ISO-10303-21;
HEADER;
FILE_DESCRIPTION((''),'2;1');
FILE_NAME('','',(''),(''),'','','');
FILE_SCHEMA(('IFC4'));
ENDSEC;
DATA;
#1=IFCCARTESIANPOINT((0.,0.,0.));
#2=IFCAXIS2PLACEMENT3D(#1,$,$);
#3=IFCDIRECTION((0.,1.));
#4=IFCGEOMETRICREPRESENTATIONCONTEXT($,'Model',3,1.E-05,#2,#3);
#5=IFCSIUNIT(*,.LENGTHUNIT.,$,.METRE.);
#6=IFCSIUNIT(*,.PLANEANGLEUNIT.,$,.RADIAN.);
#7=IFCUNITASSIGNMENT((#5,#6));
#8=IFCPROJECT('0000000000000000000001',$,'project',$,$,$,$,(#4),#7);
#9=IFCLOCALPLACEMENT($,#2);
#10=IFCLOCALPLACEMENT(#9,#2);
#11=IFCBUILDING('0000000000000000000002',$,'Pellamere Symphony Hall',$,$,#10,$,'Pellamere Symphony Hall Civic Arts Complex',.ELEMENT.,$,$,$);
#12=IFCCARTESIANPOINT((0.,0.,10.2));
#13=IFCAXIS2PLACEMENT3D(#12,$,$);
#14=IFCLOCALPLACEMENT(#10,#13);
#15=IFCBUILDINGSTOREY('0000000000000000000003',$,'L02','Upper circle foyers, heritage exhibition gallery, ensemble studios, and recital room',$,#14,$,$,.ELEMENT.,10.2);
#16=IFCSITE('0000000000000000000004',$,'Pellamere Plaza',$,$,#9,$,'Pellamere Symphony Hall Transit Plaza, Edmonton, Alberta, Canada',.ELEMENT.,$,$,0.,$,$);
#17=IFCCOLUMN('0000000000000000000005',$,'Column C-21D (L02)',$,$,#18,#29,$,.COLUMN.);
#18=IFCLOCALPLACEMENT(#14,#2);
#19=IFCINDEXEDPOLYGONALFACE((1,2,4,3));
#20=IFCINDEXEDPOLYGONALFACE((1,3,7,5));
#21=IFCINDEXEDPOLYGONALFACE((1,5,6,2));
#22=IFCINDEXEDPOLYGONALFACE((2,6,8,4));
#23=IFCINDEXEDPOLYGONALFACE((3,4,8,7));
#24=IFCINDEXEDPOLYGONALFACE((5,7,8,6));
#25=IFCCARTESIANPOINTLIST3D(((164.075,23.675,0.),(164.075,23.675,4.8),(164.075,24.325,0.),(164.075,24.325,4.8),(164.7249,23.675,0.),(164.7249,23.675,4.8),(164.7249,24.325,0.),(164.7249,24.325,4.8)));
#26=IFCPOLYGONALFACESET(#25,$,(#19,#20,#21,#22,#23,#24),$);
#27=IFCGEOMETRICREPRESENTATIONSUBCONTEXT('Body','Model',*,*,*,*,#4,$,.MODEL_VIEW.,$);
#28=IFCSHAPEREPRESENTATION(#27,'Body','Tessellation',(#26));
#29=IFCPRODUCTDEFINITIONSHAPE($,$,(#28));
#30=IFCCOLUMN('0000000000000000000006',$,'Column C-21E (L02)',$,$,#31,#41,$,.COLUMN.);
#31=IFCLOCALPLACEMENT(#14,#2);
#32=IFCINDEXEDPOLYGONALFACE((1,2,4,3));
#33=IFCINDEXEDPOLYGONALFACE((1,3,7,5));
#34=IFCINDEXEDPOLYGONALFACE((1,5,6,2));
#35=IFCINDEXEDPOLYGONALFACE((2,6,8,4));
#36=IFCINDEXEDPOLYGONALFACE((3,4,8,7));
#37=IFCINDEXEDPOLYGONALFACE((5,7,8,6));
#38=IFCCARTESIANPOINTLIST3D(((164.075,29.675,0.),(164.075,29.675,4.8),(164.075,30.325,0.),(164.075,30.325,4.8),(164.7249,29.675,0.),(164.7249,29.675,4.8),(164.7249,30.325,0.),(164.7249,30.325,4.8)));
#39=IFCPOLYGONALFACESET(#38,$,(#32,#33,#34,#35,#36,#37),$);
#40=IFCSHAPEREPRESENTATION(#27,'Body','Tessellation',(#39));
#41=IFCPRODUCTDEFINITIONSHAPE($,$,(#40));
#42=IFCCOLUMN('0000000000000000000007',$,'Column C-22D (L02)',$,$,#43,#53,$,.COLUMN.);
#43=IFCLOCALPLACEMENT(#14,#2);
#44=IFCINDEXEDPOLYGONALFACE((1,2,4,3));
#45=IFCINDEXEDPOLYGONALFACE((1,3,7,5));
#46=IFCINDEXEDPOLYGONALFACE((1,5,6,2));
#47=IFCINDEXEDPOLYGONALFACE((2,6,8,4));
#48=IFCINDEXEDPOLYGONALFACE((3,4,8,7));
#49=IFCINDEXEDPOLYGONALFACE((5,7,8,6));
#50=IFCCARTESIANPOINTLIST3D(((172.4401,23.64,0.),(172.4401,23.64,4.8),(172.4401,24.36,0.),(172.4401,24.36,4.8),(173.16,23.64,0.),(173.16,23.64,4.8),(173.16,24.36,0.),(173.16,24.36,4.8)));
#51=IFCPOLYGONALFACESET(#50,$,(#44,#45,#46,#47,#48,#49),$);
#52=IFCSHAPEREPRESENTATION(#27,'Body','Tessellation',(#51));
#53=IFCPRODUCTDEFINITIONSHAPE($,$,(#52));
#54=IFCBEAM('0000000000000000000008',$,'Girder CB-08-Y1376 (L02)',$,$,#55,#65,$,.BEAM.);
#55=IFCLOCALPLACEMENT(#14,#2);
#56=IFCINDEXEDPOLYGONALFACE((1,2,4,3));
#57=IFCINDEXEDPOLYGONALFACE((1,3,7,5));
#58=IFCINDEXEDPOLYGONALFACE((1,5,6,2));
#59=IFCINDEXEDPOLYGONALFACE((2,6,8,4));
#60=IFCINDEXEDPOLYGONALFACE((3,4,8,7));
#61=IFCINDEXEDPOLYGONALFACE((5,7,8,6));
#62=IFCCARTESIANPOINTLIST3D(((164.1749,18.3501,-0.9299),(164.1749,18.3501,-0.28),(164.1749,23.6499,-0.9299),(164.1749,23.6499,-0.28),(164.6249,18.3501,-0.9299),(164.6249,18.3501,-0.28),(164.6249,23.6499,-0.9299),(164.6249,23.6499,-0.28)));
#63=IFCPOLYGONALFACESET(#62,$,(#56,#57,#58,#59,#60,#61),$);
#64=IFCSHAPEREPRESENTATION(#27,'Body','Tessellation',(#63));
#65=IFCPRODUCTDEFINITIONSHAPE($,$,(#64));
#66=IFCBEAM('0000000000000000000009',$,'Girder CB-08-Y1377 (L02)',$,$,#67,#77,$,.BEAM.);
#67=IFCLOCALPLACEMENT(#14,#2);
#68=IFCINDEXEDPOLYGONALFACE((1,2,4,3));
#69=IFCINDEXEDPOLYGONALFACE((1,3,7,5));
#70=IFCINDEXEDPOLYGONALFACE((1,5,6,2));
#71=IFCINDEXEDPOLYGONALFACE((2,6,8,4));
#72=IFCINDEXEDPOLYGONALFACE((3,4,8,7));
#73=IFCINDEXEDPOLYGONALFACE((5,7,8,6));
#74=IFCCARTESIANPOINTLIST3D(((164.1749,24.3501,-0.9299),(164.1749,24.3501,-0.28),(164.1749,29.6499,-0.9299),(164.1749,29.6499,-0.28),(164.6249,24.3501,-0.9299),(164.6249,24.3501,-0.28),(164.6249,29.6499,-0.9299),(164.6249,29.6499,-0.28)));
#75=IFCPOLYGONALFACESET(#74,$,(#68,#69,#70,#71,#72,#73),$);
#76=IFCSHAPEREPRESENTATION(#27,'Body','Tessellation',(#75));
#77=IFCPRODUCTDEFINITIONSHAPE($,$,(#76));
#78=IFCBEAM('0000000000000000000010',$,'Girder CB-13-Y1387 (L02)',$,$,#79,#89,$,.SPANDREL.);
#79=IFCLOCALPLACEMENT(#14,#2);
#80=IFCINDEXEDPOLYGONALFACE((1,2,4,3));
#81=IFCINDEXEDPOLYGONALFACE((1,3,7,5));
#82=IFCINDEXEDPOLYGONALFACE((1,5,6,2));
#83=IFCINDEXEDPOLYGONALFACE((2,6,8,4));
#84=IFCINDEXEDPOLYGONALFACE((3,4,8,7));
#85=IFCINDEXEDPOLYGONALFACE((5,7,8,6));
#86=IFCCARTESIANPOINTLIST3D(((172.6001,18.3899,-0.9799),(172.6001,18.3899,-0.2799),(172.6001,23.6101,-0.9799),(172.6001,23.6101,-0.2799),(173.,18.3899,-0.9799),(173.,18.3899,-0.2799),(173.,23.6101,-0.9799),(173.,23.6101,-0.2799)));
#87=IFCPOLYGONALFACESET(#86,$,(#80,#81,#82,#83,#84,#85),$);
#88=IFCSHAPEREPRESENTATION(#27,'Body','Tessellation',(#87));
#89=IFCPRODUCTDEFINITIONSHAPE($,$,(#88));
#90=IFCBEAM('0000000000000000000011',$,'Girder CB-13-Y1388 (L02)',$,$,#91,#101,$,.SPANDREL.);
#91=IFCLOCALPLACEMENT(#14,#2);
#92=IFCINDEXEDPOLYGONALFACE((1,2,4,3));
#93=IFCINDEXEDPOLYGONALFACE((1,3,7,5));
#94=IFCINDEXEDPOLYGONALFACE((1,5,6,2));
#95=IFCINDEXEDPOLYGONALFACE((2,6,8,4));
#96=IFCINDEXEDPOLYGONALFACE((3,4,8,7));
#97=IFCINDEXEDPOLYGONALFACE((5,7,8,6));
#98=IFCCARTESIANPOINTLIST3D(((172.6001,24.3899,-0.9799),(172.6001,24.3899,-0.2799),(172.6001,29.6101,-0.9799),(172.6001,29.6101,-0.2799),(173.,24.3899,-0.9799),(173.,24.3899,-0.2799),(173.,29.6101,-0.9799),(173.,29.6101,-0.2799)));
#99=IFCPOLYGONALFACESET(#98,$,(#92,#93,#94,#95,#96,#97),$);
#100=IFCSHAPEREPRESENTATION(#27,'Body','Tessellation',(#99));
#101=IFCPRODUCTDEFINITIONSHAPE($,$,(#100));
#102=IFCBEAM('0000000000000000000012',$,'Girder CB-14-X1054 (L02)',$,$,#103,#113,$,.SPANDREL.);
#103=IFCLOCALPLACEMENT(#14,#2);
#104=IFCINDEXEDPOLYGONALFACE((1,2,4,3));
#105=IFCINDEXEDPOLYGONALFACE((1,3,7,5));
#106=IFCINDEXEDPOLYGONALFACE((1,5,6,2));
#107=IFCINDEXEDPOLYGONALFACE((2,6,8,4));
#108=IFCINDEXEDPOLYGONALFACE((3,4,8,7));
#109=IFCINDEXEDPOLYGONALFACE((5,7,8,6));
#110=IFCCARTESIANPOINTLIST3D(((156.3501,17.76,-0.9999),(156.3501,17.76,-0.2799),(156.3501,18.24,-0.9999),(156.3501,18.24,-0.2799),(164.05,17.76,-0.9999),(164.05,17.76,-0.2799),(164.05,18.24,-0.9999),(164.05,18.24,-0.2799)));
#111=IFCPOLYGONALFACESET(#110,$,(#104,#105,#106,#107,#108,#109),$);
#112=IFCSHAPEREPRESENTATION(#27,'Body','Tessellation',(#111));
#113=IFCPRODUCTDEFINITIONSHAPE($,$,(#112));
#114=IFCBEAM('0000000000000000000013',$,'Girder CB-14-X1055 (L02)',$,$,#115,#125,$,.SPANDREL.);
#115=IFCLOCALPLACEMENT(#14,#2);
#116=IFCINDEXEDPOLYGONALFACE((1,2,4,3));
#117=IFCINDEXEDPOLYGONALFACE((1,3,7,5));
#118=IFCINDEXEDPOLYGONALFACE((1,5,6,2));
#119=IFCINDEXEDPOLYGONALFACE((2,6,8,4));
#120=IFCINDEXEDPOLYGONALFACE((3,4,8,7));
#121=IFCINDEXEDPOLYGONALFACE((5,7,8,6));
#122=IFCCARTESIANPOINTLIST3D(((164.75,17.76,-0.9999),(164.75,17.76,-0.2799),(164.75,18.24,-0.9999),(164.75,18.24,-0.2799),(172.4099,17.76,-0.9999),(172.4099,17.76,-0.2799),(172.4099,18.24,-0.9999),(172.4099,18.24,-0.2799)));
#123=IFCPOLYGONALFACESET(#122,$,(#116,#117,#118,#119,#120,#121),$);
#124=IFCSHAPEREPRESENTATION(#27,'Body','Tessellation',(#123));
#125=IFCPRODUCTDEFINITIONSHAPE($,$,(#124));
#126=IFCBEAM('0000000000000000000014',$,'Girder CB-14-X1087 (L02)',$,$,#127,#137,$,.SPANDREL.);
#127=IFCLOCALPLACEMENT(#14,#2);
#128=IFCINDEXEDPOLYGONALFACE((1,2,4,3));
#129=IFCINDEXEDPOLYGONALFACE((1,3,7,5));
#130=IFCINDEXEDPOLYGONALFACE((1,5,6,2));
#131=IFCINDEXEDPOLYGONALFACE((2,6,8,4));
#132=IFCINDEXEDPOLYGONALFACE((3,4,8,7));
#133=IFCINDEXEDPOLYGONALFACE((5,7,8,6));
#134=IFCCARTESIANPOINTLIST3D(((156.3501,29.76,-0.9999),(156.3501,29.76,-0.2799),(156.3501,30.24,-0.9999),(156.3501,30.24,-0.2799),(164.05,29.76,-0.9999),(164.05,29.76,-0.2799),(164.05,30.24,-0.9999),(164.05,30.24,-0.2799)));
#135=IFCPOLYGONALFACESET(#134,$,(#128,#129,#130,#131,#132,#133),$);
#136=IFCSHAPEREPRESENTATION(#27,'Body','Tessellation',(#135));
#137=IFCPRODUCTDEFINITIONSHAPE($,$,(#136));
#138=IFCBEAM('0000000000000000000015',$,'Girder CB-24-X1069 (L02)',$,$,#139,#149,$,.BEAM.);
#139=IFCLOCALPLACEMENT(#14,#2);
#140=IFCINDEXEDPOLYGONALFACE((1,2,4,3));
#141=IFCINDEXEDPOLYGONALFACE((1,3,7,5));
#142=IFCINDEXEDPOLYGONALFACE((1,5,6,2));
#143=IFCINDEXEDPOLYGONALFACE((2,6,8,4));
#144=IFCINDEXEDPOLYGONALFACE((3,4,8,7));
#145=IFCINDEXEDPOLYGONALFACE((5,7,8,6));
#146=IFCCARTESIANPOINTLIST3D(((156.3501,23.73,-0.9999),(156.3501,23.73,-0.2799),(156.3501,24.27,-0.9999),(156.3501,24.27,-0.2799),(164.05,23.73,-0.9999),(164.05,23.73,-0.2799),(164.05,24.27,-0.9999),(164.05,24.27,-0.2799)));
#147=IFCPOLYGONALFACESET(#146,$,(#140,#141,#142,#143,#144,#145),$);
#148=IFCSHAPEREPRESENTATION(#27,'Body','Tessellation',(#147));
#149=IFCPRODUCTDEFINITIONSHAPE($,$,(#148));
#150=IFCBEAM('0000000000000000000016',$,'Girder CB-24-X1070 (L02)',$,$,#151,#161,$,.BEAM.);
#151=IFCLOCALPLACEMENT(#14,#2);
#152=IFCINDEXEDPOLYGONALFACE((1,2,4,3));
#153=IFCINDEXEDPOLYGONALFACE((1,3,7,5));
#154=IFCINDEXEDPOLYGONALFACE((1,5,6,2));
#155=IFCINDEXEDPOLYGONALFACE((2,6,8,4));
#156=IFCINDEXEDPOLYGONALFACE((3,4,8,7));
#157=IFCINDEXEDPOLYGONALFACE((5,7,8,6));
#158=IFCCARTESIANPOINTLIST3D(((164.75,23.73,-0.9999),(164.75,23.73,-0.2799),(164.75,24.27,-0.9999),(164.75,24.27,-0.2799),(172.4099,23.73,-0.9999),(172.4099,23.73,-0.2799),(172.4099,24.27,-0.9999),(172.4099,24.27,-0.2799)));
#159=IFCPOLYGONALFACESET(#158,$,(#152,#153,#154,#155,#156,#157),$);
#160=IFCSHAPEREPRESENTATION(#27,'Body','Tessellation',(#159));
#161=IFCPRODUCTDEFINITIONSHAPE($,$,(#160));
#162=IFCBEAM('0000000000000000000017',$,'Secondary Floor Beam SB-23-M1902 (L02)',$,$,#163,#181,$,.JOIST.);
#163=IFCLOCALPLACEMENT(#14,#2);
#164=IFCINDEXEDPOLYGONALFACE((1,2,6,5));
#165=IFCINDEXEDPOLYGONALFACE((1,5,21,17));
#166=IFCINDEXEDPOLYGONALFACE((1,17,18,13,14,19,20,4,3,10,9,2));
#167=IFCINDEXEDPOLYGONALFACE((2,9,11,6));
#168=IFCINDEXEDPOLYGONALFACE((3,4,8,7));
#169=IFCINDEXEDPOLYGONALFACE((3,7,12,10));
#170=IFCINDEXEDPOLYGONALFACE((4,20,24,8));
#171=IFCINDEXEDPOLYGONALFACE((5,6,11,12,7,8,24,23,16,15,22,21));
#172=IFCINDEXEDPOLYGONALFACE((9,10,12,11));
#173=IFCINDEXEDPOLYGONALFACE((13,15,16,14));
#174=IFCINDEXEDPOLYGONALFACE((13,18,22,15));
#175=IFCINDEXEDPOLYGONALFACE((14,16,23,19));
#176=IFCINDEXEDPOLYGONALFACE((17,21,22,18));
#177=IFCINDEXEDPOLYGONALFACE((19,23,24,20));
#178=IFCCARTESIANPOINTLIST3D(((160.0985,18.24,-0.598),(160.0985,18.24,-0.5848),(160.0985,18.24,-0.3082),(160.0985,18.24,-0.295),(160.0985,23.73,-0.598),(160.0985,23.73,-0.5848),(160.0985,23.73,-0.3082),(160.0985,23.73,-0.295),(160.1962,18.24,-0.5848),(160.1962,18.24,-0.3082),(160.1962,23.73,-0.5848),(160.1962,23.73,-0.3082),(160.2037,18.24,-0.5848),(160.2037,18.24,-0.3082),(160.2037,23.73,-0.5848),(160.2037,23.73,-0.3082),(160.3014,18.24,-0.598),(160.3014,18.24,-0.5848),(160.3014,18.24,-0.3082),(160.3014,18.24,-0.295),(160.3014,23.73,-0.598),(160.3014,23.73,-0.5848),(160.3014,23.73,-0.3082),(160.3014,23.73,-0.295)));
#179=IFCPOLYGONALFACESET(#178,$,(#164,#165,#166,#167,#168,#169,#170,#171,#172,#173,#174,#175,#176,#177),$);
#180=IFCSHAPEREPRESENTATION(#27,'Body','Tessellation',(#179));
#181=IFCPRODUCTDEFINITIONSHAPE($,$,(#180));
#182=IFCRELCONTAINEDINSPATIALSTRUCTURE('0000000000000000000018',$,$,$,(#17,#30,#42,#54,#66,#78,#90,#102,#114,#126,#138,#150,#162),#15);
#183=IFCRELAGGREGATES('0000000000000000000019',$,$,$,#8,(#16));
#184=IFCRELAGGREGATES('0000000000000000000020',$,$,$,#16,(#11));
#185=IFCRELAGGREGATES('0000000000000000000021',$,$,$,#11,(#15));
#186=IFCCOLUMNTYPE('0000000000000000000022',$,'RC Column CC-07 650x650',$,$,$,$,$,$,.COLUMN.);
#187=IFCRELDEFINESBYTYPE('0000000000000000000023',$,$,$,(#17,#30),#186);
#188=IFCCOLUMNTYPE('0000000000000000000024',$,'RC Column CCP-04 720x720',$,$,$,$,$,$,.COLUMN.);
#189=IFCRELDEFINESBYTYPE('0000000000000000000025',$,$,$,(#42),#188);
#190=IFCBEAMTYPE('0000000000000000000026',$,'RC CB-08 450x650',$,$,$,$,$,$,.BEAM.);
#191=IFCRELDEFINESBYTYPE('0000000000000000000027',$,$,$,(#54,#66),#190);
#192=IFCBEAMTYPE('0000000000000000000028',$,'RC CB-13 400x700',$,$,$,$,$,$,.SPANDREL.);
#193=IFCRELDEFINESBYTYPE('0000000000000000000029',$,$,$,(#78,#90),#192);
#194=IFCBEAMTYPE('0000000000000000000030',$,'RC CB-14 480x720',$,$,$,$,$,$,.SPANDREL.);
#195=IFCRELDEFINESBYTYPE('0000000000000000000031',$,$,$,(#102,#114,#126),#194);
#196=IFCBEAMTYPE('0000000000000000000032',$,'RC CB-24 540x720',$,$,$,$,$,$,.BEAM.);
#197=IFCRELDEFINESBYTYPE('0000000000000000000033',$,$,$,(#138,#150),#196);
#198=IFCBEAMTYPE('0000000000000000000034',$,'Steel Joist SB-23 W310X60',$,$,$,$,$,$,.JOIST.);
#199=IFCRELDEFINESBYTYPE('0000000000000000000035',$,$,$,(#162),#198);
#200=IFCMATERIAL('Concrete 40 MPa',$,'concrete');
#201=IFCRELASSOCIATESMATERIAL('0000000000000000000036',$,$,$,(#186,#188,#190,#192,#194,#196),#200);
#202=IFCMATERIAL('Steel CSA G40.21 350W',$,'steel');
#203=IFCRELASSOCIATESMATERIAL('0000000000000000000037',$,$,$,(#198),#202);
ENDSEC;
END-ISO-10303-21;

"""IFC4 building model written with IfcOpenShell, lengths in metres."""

from ifc_helpers import new_model, si_unit, direction, frame, origin, origin_2d, place, context, subcontext, project, spatial, rectangle, i_section, extrude, material, material_profile, profile_set, type_object, element, save


model = new_model("IFC4")

# Units and contexts
model_context = context("Model", 3, precision=1e-05, world=origin(), true_north=direction((0.0, 1.0)))
body_context = subcontext(model_context, "Body", "Model", "MODEL_VIEW")
ifc_project = project(units=[si_unit("LENGTHUNIT", "METRE"), si_unit("PLANEANGLEUNIT", "RADIAN")], contexts=[model_context])

# Site, building, storey
site_placement = place(None, origin())
site = spatial("IfcSite", under=ifc_project, at=site_placement, Name="Pellamere Plaza", LongName="Pellamere Symphony Hall Transit Plaza, Edmonton, Alberta, Canada", CompositionType="ELEMENT", RefElevation=0.0)
building_placement = place(site_placement, origin())
building = spatial("IfcBuilding", under=site, at=building_placement, Name="Pellamere Symphony Hall", LongName="Pellamere Symphony Hall Civic Arts Complex", CompositionType="ELEMENT")
storey_placement = place(building_placement, frame((0.0, 0.0, 10.2)))
storey = spatial("IfcBuildingStorey", under=building, at=storey_placement, Name="L02", Description="Upper circle foyers, heritage exhibition gallery, ensemble studios, and recital room", CompositionType="ELEMENT", Elevation=10.2)

# Columns
ifc_material_1 = material(Name="Concrete 40 MPa", Category="concrete")
ifc_material_profile_1 = material_profile(ifc_material_1, rectangle(XDim=0.6499, YDim=0.6499, at=origin_2d()), Name="RC 650x650")
ifc_profile_set_1 = profile_set([ifc_material_profile_1], Name="Concrete 40 MPa")
column_type_1 = type_object("IfcColumnType", Name="RC Column CC-07 650x650", PredefinedType="COLUMN", material=ifc_profile_set_1)
for number, where, z_axis, x_axis, name in (
    (1, (164.3999, 24.0, 0.0), (0.0, 0.0, 1.0), (1.0, 0.0, 0.0), "Column C-21D (L02)"),
    (2, (164.3999, 30.0, 0.0), (0.0, 0.0, 1.0), (1.0, 0.0, 0.0), "Column C-21E (L02)"),
):
    element("IfcColumn", number, at=place(storey_placement, frame(where, z_axis=z_axis, x_axis=x_axis)), inside=storey, type_object=column_type_1, Name=name, PredefinedType="COLUMN", context=body_context, shape_type="SweptSolid", body=[
        extrude(rectangle(XDim=0.6499, YDim=0.6499, at=origin_2d()), origin(), (0.0, 0.0, 1.0), 4.8),
    ])
ifc_material_profile_2 = material_profile(ifc_material_1, rectangle(XDim=0.72, YDim=0.72, at=origin_2d()), Name="RC 720x720")
ifc_profile_set_2 = profile_set([ifc_material_profile_2], Name="Concrete 40 MPa")
column_type_2 = type_object("IfcColumnType", Name="RC Column CCP-04 720x720", PredefinedType="COLUMN", material=ifc_profile_set_2)
column_placement = place(storey_placement, frame((172.8, 24.0, 0.0), z_axis=(0.0, 0.0, 1.0), x_axis=(1.0, 0.0, 0.0)))
element("IfcColumn", 3, at=column_placement, inside=storey, type_object=column_type_2, Name="Column C-22D (L02)", PredefinedType="COLUMN", context=body_context, shape_type="SweptSolid", body=[
    extrude(rectangle(XDim=0.72, YDim=0.72, at=origin_2d()), origin(), (0.0, 0.0, 1.0), 4.8),
])

# Beams
ifc_material_profile_3 = material_profile(ifc_material_1, rectangle(XDim=0.45, YDim=0.6499, at=origin_2d()), Name="RC 450x650")
ifc_profile_set_3 = profile_set([ifc_material_profile_3], Name="Concrete 40 MPa")
beam_type_1 = type_object("IfcBeamType", Name="RC CB-08 450x650", PredefinedType="BEAM", material=ifc_profile_set_3)
for number, where, z_axis, x_axis, name in (
    (4, (164.3999, 18.3501, -0.605), (0.0, 1.0, 0.0), (-1.0, 0.0, 0.0), "Girder CB-08-Y1376 (L02)"),
    (5, (164.3999, 24.3501, -0.605), (0.0, 1.0, 0.0), (-1.0, 0.0, 0.0), "Girder CB-08-Y1377 (L02)"),
):
    element("IfcBeam", number, at=place(storey_placement, frame(where, z_axis=z_axis, x_axis=x_axis)), inside=storey, type_object=beam_type_1, Name=name, PredefinedType="BEAM", context=body_context, shape_type="SweptSolid", body=[
        extrude(rectangle(XDim=0.45, YDim=0.6499, at=origin_2d()), origin(), (0.0, 0.0, 1.0), 5.2998),
    ])
ifc_material_profile_4 = material_profile(ifc_material_1, rectangle(XDim=0.3999, YDim=0.7, at=origin_2d()), Name="RC 400x700")
ifc_profile_set_4 = profile_set([ifc_material_profile_4], Name="Concrete 40 MPa")
beam_type_2 = type_object("IfcBeamType", Name="RC CB-13 400x700", PredefinedType="SPANDREL", material=ifc_profile_set_4)
for number, where, z_axis, x_axis, name in (
    (6, (172.8, 18.3899, -0.6299), (0.0, 1.0, 0.0), (-1.0, 0.0, 0.0), "Girder CB-13-Y1387 (L02)"),
    (7, (172.8, 24.3899, -0.6299), (0.0, 1.0, 0.0), (-1.0, 0.0, 0.0), "Girder CB-13-Y1388 (L02)"),
):
    element("IfcBeam", number, at=place(storey_placement, frame(where, z_axis=z_axis, x_axis=x_axis)), inside=storey, type_object=beam_type_2, Name=name, PredefinedType="SPANDREL", context=body_context, shape_type="SweptSolid", body=[
        extrude(rectangle(XDim=0.3999, YDim=0.7, at=origin_2d()), origin(), (0.0, 0.0, 1.0), 5.2202),
    ])
ifc_material_profile_5 = material_profile(ifc_material_1, rectangle(XDim=0.48, YDim=0.72, at=origin_2d()), Name="RC 480x720")
ifc_profile_set_5 = profile_set([ifc_material_profile_5], Name="Concrete 40 MPa")
beam_type_3 = type_object("IfcBeamType", Name="RC CB-14 480x720", PredefinedType="SPANDREL", material=ifc_profile_set_5)
beam_1_placement = place(storey_placement, frame((156.3501, 18.0, -0.6399), z_axis=(1.0, 0.0, 0.0), x_axis=(0.0, 1.0, 0.0)))
element("IfcBeam", 8, at=beam_1_placement, inside=storey, type_object=beam_type_3, Name="Girder CB-14-X1054 (L02)", PredefinedType="SPANDREL", context=body_context, shape_type="SweptSolid", body=[
    extrude(rectangle(XDim=0.48, YDim=0.72, at=origin_2d()), origin(), (0.0, 0.0, 1.0), 7.7),
])
beam_2_placement = place(storey_placement, frame((164.75, 18.0, -0.6399), z_axis=(1.0, 0.0, 0.0), x_axis=(0.0, 1.0, 0.0)))
element("IfcBeam", 9, at=beam_2_placement, inside=storey, type_object=beam_type_3, Name="Girder CB-14-X1055 (L02)", PredefinedType="SPANDREL", context=body_context, shape_type="SweptSolid", body=[
    extrude(rectangle(XDim=0.48, YDim=0.72, at=origin_2d()), origin(), (0.0, 0.0, 1.0), 7.6599),
])
beam_3_placement = place(storey_placement, frame((156.3501, 30.0, -0.6399), z_axis=(1.0, 0.0, 0.0), x_axis=(0.0, 1.0, 0.0)))
element("IfcBeam", 10, at=beam_3_placement, inside=storey, type_object=beam_type_3, Name="Girder CB-14-X1087 (L02)", PredefinedType="SPANDREL", context=body_context, shape_type="SweptSolid", body=[
    extrude(rectangle(XDim=0.48, YDim=0.72, at=origin_2d()), origin(), (0.0, 0.0, 1.0), 7.7),
])
ifc_material_profile_6 = material_profile(ifc_material_1, rectangle(XDim=0.54, YDim=0.72, at=origin_2d()), Name="RC 540x720")
ifc_profile_set_6 = profile_set([ifc_material_profile_6], Name="Concrete 40 MPa")
beam_type_4 = type_object("IfcBeamType", Name="RC CB-24 540x720", PredefinedType="BEAM", material=ifc_profile_set_6)
beam_4_placement = place(storey_placement, frame((156.3501, 24.0, -0.6399), z_axis=(1.0, 0.0, 0.0), x_axis=(0.0, 1.0, 0.0)))
element("IfcBeam", 11, at=beam_4_placement, inside=storey, type_object=beam_type_4, Name="Girder CB-24-X1069 (L02)", PredefinedType="BEAM", context=body_context, shape_type="SweptSolid", body=[
    extrude(rectangle(XDim=0.54, YDim=0.72, at=origin_2d()), origin(), (0.0, 0.0, 1.0), 7.7),
])
beam_5_placement = place(storey_placement, frame((164.75, 24.0, -0.6399), z_axis=(1.0, 0.0, 0.0), x_axis=(0.0, 1.0, 0.0)))
element("IfcBeam", 12, at=beam_5_placement, inside=storey, type_object=beam_type_4, Name="Girder CB-24-X1070 (L02)", PredefinedType="BEAM", context=body_context, shape_type="SweptSolid", body=[
    extrude(rectangle(XDim=0.54, YDim=0.72, at=origin_2d()), origin(), (0.0, 0.0, 1.0), 7.6599),
])
ifc_material_2 = material(Name="Steel CSA G40.21 350W", Category="steel")
ifc_material_profile_7 = material_profile(ifc_material_2, i_section(OverallWidth=0.2029, OverallDepth=0.303, WebThickness=0.0076, FlangeThickness=0.0132, at=origin_2d()), Name="W310X60")
ifc_profile_set_7 = profile_set([ifc_material_profile_7], Name="Steel CSA G40.21 350W")
beam_type_5 = type_object("IfcBeamType", Name="Steel Joist SB-23 W310X60", PredefinedType="JOIST", material=ifc_profile_set_7)
beam_6_placement = place(storey_placement, frame((160.2, 18.24, -0.4465), z_axis=(0.0, 1.0, 0.0), x_axis=(-1.0, 0.0, 0.0)))
element("IfcBeam", 13, at=beam_6_placement, inside=storey, type_object=beam_type_5, Name="Secondary Floor Beam SB-23-M1902 (L02)", PredefinedType="JOIST", context=body_context, shape_type="SweptSolid", body=[
    extrude(i_section(OverallWidth=0.2029, OverallDepth=0.303, WebThickness=0.0076, FlangeThickness=0.0132, at=origin_2d()), origin(), (0.0, 0.0, 1.0), 5.49),
])

save(model, "model.ifc")
